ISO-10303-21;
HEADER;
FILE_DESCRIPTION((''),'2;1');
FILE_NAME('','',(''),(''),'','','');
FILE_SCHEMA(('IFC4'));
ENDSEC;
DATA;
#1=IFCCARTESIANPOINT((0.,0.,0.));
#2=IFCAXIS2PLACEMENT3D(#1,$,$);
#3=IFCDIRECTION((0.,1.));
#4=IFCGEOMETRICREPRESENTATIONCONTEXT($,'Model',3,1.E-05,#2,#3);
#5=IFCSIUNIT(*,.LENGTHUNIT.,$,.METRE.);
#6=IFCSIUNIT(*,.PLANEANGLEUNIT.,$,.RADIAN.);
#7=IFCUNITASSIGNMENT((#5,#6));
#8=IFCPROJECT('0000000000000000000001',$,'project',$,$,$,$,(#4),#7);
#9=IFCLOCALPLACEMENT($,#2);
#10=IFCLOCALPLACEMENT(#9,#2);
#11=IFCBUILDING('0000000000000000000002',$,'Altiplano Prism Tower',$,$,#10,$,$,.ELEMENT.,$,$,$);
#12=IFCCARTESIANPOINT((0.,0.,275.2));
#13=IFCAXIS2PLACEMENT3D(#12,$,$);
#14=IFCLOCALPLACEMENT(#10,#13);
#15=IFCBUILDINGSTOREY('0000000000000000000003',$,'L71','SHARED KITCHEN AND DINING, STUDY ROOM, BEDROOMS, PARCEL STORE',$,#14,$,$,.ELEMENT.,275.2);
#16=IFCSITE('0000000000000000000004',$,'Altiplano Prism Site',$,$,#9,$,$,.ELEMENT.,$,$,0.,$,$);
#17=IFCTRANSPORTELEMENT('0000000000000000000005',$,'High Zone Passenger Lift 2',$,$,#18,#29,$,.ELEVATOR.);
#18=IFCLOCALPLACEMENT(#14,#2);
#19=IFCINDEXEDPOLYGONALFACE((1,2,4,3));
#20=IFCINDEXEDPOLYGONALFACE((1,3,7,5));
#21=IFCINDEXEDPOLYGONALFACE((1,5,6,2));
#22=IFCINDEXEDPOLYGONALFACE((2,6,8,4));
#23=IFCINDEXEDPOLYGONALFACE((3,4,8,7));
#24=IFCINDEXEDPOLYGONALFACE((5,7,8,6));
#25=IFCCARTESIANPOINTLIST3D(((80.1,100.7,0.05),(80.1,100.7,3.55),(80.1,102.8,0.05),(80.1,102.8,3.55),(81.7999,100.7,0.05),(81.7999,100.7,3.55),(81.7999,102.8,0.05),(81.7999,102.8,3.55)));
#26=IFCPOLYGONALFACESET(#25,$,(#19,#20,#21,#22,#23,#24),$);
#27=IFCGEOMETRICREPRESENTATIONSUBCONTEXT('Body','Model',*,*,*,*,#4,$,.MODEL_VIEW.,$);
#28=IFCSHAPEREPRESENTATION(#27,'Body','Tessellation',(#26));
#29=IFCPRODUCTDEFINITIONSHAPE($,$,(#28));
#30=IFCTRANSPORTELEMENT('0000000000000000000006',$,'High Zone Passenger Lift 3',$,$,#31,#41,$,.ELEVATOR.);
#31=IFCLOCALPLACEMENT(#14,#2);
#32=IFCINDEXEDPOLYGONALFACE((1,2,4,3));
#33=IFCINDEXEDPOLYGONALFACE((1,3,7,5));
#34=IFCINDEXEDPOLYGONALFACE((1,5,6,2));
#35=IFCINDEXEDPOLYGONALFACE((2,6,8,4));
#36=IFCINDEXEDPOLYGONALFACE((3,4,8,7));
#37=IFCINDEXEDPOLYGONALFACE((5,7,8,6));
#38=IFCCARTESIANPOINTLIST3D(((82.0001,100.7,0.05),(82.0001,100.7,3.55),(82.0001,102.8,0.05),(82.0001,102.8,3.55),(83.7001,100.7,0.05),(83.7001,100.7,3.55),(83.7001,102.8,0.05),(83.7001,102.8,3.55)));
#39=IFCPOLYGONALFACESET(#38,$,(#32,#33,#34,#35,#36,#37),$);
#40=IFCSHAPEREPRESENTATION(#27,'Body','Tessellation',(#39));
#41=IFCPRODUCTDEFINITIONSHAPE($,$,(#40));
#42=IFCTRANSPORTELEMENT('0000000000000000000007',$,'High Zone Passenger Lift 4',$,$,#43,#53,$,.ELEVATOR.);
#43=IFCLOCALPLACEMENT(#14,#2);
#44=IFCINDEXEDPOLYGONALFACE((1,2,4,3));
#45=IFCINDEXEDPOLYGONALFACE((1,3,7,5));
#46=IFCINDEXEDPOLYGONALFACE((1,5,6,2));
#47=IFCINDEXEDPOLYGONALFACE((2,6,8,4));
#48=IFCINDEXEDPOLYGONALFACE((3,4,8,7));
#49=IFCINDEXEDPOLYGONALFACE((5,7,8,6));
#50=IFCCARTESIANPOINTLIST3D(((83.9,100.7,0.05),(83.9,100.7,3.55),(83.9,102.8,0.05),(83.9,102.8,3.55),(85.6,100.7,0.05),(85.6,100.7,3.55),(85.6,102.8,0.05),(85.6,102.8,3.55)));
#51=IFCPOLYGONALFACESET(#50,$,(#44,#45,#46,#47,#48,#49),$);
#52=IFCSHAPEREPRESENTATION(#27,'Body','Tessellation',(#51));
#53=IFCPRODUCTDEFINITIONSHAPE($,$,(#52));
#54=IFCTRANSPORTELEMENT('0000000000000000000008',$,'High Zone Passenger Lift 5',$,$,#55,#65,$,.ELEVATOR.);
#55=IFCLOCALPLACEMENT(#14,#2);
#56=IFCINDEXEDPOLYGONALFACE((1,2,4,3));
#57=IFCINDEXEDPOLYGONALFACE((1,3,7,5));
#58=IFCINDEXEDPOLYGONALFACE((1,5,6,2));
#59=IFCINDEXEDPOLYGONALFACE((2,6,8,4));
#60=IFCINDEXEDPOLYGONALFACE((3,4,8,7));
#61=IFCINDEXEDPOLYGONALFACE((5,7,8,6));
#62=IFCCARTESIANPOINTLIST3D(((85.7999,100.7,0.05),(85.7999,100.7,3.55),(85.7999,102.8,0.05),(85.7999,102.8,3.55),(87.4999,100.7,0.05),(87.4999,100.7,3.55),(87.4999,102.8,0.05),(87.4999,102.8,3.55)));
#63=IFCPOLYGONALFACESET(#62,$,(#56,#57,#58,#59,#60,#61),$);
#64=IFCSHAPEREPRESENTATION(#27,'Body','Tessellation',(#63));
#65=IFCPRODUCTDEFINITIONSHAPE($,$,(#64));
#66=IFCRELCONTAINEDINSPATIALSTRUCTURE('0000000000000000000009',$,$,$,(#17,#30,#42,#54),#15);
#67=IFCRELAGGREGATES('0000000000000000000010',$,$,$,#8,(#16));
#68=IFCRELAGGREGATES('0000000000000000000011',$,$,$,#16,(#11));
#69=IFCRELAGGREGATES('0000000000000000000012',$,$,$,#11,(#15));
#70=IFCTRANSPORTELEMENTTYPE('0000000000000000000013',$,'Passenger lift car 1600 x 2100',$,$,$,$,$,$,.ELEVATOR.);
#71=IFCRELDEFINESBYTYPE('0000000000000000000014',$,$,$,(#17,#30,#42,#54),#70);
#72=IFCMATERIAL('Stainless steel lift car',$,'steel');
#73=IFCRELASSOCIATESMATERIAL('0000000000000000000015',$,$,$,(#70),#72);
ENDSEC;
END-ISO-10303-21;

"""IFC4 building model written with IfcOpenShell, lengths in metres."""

from ifc_helpers import new_model, si_unit, direction, frame, origin, origin_2d, place, context, subcontext, project, spatial, rectangle, extrude, material, type_object, element, save


model = new_model("IFC4")

# Units and contexts
model_context = context("Model", 3, precision=1e-05, world=origin(), true_north=direction((0.0, 1.0)))
body_context = subcontext(model_context, "Body", "Model", "MODEL_VIEW")
ifc_project = project(units=[si_unit("LENGTHUNIT", "METRE"), si_unit("PLANEANGLEUNIT", "RADIAN")], contexts=[model_context])

# Site, building, storey
site_placement = place(None, origin())
site = spatial("IfcSite", under=ifc_project, at=site_placement, Name="Altiplano Prism Site", CompositionType="ELEMENT", RefElevation=0.0)
building_placement = place(site_placement, origin())
building = spatial("IfcBuilding", under=site, at=building_placement, Name="Altiplano Prism Tower", CompositionType="ELEMENT")
storey_placement = place(building_placement, frame((0.0, 0.0, 275.2)))
storey = spatial("IfcBuildingStorey", under=building, at=storey_placement, Name="L71", Description="SHARED KITCHEN AND DINING, STUDY ROOM, BEDROOMS, PARCEL STORE", CompositionType="ELEMENT", Elevation=275.2)

# Transport elements
ifc_material_1 = material(Name="Stainless steel lift car", Category="steel")
transport_element_type = type_object("IfcTransportElementType", Name="Passenger lift car 1600 x 2100", PredefinedType="ELEVATOR", material=ifc_material_1)
for number, where, z_axis, x_axis, name in (
    (1, (80.95, 101.75, 0.05), (0.0, 0.0, 1.0), (1.0, 0.0, 0.0), "High Zone Passenger Lift 2"),
    (2, (82.8501, 101.75, 0.05), (0.0, 0.0, 1.0), (1.0, 0.0, 0.0), "High Zone Passenger Lift 3"),
    (3, (84.75, 101.75, 0.05), (0.0, 0.0, 1.0), (1.0, 0.0, 0.0), "High Zone Passenger Lift 4"),
    (4, (86.6499, 101.75, 0.05), (0.0, 0.0, 1.0), (1.0, 0.0, 0.0), "High Zone Passenger Lift 5"),
):
    element("IfcTransportElement", number, at=place(storey_placement, frame(where, z_axis=z_axis, x_axis=x_axis)), inside=storey, type_object=transport_element_type, Name=name, PredefinedType="ELEVATOR", context=body_context, shape_type="SweptSolid", body=[
        extrude(rectangle(XDim=1.7, YDim=2.1001, at=origin_2d()), origin(), (0.0, 0.0, 1.0), 3.5),
    ])

save(model, "model.ifc")
